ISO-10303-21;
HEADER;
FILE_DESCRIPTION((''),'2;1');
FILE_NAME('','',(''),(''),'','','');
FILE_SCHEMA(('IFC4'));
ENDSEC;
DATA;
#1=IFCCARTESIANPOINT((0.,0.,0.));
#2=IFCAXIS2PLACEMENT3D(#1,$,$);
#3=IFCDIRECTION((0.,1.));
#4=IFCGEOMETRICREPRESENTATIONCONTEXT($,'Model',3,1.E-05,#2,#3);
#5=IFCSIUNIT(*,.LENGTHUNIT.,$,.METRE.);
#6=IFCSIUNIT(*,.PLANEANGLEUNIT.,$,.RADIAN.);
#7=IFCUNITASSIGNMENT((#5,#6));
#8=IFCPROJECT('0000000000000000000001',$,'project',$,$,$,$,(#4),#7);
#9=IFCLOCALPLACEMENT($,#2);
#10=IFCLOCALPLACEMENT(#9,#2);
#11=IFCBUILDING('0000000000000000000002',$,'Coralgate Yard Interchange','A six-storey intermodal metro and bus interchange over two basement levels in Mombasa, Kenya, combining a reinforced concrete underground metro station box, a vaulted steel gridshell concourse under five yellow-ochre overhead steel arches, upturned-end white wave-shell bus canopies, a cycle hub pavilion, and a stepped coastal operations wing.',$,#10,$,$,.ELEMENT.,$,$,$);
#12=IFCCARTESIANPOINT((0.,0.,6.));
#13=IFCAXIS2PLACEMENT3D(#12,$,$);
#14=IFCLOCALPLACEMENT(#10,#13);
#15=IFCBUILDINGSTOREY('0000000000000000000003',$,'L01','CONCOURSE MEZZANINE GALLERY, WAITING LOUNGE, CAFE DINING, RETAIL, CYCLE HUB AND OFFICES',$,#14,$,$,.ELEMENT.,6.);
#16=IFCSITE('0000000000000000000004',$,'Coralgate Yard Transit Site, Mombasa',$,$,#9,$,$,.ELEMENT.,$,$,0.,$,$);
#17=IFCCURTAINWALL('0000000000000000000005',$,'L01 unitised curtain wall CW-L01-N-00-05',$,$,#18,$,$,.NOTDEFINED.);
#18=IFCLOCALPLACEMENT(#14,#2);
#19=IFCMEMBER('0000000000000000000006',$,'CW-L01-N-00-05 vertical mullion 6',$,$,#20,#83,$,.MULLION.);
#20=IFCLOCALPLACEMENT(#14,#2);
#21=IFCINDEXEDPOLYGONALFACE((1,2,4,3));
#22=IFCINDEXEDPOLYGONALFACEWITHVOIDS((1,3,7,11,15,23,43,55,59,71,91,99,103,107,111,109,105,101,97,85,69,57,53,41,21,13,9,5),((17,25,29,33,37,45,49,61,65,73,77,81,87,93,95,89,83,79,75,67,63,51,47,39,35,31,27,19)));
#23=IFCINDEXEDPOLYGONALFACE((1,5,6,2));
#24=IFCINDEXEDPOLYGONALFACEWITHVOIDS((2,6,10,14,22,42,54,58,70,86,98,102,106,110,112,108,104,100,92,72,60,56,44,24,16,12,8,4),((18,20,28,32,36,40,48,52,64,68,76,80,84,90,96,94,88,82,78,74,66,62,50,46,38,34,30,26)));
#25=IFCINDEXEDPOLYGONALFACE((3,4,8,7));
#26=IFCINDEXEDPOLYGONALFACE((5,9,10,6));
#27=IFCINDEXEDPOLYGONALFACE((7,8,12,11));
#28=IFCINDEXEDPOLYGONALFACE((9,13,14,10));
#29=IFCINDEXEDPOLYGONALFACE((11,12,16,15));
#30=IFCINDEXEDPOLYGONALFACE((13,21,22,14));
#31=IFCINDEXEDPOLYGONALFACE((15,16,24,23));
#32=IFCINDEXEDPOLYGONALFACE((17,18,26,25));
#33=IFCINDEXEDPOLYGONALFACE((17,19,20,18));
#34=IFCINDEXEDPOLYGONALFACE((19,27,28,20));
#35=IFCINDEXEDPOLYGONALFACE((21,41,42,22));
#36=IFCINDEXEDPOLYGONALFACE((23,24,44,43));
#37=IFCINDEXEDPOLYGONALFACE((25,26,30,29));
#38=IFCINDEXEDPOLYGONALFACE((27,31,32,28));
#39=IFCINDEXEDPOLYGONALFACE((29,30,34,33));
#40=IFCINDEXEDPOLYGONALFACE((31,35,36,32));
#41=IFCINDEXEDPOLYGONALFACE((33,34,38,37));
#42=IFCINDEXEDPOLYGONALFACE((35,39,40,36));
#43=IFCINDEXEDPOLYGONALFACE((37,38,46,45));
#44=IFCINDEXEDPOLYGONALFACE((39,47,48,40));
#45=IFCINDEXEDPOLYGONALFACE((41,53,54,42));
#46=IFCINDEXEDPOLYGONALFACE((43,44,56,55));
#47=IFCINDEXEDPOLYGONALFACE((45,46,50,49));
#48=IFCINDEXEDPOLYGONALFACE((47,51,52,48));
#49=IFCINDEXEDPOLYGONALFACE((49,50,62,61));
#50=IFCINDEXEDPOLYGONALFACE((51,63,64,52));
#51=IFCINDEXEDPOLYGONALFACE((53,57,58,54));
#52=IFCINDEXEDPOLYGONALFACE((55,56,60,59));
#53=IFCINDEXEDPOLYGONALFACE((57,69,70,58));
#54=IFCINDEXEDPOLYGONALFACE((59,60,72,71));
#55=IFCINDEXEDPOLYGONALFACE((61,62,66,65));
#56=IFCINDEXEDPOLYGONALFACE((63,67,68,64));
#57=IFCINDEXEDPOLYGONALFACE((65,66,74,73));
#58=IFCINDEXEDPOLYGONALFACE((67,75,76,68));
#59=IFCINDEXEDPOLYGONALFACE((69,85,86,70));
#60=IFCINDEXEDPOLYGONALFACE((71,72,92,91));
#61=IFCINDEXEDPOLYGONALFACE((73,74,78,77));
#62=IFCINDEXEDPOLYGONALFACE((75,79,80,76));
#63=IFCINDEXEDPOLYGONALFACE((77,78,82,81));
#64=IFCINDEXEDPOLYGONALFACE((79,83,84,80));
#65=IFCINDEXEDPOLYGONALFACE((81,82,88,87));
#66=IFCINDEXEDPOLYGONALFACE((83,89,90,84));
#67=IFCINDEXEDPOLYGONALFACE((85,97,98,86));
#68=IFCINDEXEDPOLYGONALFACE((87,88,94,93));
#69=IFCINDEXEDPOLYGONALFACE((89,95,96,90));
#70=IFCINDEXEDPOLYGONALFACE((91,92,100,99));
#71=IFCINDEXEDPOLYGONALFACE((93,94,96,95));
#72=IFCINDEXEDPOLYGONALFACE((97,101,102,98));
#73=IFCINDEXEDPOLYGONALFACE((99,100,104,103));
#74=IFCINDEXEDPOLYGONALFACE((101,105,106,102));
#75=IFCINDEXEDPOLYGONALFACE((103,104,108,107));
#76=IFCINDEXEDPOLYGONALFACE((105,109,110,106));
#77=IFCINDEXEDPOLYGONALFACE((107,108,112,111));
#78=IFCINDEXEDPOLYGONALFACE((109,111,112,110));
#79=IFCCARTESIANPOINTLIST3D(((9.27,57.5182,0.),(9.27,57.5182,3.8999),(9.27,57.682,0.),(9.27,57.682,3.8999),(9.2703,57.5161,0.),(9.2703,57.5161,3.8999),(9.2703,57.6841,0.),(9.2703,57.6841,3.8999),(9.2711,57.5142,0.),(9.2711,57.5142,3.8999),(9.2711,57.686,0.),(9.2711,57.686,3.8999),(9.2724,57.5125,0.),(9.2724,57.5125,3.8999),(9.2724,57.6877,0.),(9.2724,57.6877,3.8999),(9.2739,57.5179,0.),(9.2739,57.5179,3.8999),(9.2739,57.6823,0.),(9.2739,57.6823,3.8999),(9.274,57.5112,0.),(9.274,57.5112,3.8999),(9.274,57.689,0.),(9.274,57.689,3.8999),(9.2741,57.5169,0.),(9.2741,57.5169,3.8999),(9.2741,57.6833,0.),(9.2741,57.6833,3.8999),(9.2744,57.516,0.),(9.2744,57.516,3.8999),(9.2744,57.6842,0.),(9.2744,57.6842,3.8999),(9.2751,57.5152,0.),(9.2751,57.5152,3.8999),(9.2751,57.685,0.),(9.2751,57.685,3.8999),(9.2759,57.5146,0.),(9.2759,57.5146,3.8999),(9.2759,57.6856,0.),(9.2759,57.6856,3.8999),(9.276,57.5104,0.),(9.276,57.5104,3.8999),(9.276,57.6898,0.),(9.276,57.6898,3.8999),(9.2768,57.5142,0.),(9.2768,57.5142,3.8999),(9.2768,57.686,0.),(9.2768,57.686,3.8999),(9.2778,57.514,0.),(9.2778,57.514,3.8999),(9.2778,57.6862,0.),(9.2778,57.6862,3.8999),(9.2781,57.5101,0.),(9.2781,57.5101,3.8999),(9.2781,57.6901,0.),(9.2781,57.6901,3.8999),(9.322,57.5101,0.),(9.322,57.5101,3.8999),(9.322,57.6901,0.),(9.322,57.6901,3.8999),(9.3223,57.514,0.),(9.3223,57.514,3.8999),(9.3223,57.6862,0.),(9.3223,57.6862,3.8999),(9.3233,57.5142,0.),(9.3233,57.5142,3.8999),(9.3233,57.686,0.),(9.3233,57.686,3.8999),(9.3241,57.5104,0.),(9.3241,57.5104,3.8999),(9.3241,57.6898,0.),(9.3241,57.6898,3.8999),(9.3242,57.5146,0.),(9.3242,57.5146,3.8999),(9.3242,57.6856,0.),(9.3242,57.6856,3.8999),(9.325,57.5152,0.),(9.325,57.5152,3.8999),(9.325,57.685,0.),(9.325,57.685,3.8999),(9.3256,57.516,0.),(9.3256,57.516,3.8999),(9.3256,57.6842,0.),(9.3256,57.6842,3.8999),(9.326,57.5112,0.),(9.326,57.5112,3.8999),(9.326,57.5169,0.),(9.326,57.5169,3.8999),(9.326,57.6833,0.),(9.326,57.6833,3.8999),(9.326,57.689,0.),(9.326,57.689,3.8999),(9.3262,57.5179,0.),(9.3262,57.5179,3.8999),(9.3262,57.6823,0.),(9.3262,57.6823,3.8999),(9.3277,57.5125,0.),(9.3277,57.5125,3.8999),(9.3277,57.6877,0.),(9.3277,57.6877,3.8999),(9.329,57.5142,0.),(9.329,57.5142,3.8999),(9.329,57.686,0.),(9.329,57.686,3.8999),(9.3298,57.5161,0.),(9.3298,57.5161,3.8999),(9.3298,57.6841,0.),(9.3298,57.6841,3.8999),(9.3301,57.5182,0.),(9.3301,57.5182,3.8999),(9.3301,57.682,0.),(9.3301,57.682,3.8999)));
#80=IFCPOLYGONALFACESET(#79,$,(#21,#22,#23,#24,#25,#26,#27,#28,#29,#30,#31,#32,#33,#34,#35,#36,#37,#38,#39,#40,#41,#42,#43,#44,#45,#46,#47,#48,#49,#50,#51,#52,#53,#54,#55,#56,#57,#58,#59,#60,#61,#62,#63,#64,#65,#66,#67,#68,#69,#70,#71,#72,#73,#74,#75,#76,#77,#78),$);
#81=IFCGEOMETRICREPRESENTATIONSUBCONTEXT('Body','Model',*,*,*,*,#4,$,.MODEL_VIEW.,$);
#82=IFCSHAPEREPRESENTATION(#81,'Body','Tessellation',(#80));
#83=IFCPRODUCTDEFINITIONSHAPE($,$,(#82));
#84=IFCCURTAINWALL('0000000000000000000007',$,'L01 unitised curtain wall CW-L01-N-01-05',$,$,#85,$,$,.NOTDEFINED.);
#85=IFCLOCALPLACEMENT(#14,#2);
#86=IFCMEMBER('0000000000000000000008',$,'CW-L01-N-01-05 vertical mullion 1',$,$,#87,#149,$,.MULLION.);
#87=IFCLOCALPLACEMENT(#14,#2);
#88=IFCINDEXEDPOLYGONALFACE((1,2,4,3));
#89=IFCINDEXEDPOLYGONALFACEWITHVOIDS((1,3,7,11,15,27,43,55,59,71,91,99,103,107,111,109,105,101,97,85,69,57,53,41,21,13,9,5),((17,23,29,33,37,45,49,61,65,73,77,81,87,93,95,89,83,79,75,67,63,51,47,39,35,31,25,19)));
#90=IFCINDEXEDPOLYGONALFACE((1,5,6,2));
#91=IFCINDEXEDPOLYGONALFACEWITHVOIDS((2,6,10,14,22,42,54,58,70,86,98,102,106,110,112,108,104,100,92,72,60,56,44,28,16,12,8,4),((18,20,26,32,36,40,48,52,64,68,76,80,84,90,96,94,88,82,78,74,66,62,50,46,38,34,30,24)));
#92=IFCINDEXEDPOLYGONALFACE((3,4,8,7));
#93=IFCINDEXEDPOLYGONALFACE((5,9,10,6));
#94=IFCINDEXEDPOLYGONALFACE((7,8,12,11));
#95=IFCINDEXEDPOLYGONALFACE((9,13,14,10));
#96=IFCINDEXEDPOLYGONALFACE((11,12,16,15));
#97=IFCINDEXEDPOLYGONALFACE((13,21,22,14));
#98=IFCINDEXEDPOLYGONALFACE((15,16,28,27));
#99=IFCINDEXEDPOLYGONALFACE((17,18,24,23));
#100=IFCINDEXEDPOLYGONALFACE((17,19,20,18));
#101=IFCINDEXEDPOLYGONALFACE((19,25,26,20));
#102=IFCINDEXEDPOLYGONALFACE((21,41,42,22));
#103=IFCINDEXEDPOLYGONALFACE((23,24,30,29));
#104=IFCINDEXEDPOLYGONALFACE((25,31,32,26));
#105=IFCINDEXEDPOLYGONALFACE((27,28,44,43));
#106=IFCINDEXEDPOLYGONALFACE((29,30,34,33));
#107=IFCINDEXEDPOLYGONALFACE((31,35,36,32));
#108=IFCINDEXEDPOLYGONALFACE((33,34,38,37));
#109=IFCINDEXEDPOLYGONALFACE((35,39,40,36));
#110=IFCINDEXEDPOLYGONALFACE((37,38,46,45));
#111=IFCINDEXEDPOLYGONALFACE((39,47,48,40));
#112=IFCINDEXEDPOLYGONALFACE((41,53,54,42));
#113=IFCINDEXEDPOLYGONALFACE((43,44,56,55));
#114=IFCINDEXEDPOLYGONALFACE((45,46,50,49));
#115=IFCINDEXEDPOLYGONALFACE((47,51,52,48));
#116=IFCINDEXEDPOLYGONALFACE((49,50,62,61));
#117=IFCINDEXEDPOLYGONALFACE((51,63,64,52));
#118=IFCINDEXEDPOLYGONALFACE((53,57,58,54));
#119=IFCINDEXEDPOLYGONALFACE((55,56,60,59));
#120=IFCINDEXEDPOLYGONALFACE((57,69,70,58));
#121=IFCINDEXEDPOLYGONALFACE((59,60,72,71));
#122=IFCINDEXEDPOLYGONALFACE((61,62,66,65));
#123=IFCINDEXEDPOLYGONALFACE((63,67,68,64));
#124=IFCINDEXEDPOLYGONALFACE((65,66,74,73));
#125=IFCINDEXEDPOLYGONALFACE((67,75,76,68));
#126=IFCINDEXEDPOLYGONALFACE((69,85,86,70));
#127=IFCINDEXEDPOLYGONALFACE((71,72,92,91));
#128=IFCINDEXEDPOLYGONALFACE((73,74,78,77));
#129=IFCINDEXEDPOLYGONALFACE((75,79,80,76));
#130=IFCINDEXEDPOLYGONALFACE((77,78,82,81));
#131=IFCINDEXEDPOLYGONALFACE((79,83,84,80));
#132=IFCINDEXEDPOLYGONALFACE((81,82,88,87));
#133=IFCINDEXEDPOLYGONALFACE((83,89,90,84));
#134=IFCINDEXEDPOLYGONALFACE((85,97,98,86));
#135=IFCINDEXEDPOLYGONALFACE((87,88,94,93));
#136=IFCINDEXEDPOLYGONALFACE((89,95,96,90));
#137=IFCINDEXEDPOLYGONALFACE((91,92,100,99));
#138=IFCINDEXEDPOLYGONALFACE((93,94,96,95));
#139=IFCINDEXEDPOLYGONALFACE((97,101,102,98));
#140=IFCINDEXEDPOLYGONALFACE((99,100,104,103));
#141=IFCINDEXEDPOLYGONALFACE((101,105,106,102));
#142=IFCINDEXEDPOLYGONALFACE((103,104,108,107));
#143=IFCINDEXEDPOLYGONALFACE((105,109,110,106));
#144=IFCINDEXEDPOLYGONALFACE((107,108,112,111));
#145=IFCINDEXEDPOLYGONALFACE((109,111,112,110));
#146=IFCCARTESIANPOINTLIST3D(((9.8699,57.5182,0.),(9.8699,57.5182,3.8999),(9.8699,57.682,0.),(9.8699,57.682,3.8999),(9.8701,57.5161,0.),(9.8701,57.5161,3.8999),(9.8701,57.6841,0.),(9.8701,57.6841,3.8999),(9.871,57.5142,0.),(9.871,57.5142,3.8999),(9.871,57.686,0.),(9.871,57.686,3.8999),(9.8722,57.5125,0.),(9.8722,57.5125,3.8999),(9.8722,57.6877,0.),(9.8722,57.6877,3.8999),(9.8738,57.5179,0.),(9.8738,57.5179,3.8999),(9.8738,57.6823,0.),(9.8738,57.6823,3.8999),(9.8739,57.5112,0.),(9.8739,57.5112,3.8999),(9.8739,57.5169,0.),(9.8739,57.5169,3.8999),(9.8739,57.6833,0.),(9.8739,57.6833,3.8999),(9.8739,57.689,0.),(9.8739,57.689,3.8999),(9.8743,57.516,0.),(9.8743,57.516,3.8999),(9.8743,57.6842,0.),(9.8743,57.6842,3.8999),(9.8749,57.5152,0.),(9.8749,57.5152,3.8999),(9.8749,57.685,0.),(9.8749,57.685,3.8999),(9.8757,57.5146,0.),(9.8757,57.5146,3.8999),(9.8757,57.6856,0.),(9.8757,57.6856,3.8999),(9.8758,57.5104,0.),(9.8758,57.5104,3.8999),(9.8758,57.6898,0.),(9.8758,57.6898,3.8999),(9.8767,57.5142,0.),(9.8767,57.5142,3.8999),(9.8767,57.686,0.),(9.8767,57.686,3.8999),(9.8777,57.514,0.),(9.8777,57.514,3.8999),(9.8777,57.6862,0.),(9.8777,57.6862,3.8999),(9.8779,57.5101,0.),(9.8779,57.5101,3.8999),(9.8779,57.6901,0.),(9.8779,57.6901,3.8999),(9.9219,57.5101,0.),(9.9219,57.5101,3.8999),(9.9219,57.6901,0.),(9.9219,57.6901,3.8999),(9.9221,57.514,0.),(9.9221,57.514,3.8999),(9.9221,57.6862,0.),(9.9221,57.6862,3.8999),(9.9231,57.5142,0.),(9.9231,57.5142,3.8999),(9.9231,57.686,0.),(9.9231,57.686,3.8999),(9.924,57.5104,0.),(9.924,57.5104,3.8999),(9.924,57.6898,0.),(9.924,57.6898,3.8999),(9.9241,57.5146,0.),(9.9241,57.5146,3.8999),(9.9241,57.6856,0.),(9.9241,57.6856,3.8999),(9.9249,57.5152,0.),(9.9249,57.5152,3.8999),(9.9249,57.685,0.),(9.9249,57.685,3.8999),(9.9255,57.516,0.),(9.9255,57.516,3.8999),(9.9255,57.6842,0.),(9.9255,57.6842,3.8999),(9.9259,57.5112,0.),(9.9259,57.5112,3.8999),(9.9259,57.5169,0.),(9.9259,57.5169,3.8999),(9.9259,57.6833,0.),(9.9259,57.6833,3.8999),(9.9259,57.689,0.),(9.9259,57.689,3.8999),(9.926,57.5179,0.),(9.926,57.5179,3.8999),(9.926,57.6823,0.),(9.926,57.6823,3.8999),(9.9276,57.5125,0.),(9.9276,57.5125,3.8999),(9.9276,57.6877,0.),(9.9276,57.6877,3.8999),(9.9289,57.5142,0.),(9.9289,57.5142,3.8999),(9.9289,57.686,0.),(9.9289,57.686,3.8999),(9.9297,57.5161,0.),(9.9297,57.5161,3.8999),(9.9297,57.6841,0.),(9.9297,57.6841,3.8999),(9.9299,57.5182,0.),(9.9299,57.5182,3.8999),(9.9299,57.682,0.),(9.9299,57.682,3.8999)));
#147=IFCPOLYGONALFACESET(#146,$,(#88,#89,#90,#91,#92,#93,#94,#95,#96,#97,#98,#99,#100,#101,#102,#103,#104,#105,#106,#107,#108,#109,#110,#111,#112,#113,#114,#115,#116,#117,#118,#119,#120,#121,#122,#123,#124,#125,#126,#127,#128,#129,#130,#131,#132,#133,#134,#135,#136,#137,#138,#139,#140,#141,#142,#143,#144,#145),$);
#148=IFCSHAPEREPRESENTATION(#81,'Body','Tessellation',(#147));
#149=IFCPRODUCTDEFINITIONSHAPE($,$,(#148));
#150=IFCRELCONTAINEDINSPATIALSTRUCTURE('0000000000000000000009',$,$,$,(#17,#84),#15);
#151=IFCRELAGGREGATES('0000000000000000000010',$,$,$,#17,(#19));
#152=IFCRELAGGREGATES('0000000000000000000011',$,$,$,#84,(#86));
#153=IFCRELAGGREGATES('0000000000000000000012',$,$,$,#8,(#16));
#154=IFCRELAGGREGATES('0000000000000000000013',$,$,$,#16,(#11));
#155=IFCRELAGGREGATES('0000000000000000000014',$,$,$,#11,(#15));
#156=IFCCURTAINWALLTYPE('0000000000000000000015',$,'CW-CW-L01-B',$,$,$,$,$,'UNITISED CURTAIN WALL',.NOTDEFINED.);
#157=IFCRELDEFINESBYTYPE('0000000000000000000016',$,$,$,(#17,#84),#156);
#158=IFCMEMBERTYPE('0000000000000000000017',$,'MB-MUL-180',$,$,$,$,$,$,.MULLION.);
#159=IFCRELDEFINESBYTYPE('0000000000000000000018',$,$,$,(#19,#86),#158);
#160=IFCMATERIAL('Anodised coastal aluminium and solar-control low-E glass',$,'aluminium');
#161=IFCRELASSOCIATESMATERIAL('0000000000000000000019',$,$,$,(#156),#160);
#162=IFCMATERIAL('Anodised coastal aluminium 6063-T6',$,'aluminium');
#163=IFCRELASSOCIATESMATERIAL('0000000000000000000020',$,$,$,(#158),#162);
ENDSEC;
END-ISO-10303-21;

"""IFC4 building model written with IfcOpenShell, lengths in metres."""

from ifc_helpers import new_model, si_unit, direction, frame, origin, origin_2d, place, context, subcontext, project, spatial, hollow_rectangle, extrude, material, material_profile, profile_set, type_object, element, aggregate, save


model = new_model("IFC4")

# Units and contexts
model_context = context("Model", 3, precision=1e-05, world=origin(), true_north=direction((0.0, 1.0)))
body_context = subcontext(model_context, "Body", "Model", "MODEL_VIEW")
ifc_project = project(units=[si_unit("LENGTHUNIT", "METRE"), si_unit("PLANEANGLEUNIT", "RADIAN")], contexts=[model_context])

# Site, building, storey
site_placement = place(None, origin())
site = spatial("IfcSite", under=ifc_project, at=site_placement, Name="Coralgate Yard Transit Site, Mombasa", CompositionType="ELEMENT", RefElevation=0.0)
building_placement = place(site_placement, origin())
building = spatial("IfcBuilding", under=site, at=building_placement, Name="Coralgate Yard Interchange", Description="A six-storey intermodal metro and bus interchange over two basement levels in Mombasa, Kenya, combining a reinforced concrete underground metro station box, a vaulted steel gridshell concourse under five yellow-ochre overhead steel arches, upturned-end white wave-shell bus canopies, a cycle hub pavilion, and a stepped coastal operations wing.", CompositionType="ELEMENT")
storey_placement = place(building_placement, frame((0.0, 0.0, 6.0)))
storey = spatial("IfcBuildingStorey", under=building, at=storey_placement, Name="L01", Description="CONCOURSE MEZZANINE GALLERY, WAITING LOUNGE, CAFE DINING, RETAIL, CYCLE HUB AND OFFICES", CompositionType="ELEMENT", Elevation=6.0)

# Curtain walls, members
ifc_material_1 = material(Name="Anodised coastal aluminium and solar-control low-E glass", Category="aluminium")
curtain_wall_type = type_object("IfcCurtainWallType", Name="CW-CW-L01-B", ElementType="UNITISED CURTAIN WALL", PredefinedType="NOTDEFINED", material=ifc_material_1)
curtain_wall_1_placement = place(storey_placement, origin())
curtain_wall_1 = element("IfcCurtainWall", 1, at=curtain_wall_1_placement, inside=storey, type_object=curtain_wall_type, Name="L01 unitised curtain wall CW-L01-N-00-05", PredefinedType="NOTDEFINED")
ifc_material_2 = material(Name="Anodised coastal aluminium 6063-T6", Category="aluminium")
ifc_material_profile_1 = material_profile(ifc_material_2, hollow_rectangle(XDim=0.0601, YDim=0.1799, WallThickness=0.0039, InnerFilletRadius=0.0039, OuterFilletRadius=0.0081, at=origin_2d()), Name="ALU 60x180x4")
ifc_profile_set_1 = profile_set([ifc_material_profile_1], Name="Anodised coastal aluminium 6063-T6")
member_type_1 = type_object("IfcMemberType", Name="MB-MUL-180", PredefinedType="MULLION", material=ifc_profile_set_1)
member_1_placement = place(storey_placement, frame((9.3, 57.6001, 0.0), z_axis=(0.0, 0.0, 1.0), x_axis=(1.0, 0.0, 0.0)))
member_1 = element("IfcMember", 2, at=member_1_placement, type_object=member_type_1, Name="CW-L01-N-00-05 vertical mullion 6", PredefinedType="MULLION", context=body_context, shape_type="SweptSolid", body=[
    extrude(hollow_rectangle(XDim=0.0601, YDim=0.1799, WallThickness=0.0039, InnerFilletRadius=0.0039, OuterFilletRadius=0.0081, at=origin_2d()), origin(), (0.0, 0.0, 1.0), 3.8999),
])
curtain_wall_2_placement = place(storey_placement, origin())
curtain_wall_2 = element("IfcCurtainWall", 3, at=curtain_wall_2_placement, inside=storey, type_object=curtain_wall_type, Name="L01 unitised curtain wall CW-L01-N-01-05", PredefinedType="NOTDEFINED")
member_2_placement = place(storey_placement, frame((9.8999, 57.6001, 0.0), z_axis=(0.0, 0.0, 1.0), x_axis=(1.0, 0.0, 0.0)))
member_2 = element("IfcMember", 4, at=member_2_placement, type_object=member_type_1, Name="CW-L01-N-01-05 vertical mullion 1", PredefinedType="MULLION", context=body_context, shape_type="SweptSolid", body=[
    extrude(hollow_rectangle(XDim=0.0601, YDim=0.1799, WallThickness=0.0039, InnerFilletRadius=0.0039, OuterFilletRadius=0.0081, at=origin_2d()), origin(), (0.0, 0.0, 1.0), 3.8999),
])

aggregate(curtain_wall_1, [member_1])
aggregate(curtain_wall_2, [member_2])

save(model, "model.ifc")
